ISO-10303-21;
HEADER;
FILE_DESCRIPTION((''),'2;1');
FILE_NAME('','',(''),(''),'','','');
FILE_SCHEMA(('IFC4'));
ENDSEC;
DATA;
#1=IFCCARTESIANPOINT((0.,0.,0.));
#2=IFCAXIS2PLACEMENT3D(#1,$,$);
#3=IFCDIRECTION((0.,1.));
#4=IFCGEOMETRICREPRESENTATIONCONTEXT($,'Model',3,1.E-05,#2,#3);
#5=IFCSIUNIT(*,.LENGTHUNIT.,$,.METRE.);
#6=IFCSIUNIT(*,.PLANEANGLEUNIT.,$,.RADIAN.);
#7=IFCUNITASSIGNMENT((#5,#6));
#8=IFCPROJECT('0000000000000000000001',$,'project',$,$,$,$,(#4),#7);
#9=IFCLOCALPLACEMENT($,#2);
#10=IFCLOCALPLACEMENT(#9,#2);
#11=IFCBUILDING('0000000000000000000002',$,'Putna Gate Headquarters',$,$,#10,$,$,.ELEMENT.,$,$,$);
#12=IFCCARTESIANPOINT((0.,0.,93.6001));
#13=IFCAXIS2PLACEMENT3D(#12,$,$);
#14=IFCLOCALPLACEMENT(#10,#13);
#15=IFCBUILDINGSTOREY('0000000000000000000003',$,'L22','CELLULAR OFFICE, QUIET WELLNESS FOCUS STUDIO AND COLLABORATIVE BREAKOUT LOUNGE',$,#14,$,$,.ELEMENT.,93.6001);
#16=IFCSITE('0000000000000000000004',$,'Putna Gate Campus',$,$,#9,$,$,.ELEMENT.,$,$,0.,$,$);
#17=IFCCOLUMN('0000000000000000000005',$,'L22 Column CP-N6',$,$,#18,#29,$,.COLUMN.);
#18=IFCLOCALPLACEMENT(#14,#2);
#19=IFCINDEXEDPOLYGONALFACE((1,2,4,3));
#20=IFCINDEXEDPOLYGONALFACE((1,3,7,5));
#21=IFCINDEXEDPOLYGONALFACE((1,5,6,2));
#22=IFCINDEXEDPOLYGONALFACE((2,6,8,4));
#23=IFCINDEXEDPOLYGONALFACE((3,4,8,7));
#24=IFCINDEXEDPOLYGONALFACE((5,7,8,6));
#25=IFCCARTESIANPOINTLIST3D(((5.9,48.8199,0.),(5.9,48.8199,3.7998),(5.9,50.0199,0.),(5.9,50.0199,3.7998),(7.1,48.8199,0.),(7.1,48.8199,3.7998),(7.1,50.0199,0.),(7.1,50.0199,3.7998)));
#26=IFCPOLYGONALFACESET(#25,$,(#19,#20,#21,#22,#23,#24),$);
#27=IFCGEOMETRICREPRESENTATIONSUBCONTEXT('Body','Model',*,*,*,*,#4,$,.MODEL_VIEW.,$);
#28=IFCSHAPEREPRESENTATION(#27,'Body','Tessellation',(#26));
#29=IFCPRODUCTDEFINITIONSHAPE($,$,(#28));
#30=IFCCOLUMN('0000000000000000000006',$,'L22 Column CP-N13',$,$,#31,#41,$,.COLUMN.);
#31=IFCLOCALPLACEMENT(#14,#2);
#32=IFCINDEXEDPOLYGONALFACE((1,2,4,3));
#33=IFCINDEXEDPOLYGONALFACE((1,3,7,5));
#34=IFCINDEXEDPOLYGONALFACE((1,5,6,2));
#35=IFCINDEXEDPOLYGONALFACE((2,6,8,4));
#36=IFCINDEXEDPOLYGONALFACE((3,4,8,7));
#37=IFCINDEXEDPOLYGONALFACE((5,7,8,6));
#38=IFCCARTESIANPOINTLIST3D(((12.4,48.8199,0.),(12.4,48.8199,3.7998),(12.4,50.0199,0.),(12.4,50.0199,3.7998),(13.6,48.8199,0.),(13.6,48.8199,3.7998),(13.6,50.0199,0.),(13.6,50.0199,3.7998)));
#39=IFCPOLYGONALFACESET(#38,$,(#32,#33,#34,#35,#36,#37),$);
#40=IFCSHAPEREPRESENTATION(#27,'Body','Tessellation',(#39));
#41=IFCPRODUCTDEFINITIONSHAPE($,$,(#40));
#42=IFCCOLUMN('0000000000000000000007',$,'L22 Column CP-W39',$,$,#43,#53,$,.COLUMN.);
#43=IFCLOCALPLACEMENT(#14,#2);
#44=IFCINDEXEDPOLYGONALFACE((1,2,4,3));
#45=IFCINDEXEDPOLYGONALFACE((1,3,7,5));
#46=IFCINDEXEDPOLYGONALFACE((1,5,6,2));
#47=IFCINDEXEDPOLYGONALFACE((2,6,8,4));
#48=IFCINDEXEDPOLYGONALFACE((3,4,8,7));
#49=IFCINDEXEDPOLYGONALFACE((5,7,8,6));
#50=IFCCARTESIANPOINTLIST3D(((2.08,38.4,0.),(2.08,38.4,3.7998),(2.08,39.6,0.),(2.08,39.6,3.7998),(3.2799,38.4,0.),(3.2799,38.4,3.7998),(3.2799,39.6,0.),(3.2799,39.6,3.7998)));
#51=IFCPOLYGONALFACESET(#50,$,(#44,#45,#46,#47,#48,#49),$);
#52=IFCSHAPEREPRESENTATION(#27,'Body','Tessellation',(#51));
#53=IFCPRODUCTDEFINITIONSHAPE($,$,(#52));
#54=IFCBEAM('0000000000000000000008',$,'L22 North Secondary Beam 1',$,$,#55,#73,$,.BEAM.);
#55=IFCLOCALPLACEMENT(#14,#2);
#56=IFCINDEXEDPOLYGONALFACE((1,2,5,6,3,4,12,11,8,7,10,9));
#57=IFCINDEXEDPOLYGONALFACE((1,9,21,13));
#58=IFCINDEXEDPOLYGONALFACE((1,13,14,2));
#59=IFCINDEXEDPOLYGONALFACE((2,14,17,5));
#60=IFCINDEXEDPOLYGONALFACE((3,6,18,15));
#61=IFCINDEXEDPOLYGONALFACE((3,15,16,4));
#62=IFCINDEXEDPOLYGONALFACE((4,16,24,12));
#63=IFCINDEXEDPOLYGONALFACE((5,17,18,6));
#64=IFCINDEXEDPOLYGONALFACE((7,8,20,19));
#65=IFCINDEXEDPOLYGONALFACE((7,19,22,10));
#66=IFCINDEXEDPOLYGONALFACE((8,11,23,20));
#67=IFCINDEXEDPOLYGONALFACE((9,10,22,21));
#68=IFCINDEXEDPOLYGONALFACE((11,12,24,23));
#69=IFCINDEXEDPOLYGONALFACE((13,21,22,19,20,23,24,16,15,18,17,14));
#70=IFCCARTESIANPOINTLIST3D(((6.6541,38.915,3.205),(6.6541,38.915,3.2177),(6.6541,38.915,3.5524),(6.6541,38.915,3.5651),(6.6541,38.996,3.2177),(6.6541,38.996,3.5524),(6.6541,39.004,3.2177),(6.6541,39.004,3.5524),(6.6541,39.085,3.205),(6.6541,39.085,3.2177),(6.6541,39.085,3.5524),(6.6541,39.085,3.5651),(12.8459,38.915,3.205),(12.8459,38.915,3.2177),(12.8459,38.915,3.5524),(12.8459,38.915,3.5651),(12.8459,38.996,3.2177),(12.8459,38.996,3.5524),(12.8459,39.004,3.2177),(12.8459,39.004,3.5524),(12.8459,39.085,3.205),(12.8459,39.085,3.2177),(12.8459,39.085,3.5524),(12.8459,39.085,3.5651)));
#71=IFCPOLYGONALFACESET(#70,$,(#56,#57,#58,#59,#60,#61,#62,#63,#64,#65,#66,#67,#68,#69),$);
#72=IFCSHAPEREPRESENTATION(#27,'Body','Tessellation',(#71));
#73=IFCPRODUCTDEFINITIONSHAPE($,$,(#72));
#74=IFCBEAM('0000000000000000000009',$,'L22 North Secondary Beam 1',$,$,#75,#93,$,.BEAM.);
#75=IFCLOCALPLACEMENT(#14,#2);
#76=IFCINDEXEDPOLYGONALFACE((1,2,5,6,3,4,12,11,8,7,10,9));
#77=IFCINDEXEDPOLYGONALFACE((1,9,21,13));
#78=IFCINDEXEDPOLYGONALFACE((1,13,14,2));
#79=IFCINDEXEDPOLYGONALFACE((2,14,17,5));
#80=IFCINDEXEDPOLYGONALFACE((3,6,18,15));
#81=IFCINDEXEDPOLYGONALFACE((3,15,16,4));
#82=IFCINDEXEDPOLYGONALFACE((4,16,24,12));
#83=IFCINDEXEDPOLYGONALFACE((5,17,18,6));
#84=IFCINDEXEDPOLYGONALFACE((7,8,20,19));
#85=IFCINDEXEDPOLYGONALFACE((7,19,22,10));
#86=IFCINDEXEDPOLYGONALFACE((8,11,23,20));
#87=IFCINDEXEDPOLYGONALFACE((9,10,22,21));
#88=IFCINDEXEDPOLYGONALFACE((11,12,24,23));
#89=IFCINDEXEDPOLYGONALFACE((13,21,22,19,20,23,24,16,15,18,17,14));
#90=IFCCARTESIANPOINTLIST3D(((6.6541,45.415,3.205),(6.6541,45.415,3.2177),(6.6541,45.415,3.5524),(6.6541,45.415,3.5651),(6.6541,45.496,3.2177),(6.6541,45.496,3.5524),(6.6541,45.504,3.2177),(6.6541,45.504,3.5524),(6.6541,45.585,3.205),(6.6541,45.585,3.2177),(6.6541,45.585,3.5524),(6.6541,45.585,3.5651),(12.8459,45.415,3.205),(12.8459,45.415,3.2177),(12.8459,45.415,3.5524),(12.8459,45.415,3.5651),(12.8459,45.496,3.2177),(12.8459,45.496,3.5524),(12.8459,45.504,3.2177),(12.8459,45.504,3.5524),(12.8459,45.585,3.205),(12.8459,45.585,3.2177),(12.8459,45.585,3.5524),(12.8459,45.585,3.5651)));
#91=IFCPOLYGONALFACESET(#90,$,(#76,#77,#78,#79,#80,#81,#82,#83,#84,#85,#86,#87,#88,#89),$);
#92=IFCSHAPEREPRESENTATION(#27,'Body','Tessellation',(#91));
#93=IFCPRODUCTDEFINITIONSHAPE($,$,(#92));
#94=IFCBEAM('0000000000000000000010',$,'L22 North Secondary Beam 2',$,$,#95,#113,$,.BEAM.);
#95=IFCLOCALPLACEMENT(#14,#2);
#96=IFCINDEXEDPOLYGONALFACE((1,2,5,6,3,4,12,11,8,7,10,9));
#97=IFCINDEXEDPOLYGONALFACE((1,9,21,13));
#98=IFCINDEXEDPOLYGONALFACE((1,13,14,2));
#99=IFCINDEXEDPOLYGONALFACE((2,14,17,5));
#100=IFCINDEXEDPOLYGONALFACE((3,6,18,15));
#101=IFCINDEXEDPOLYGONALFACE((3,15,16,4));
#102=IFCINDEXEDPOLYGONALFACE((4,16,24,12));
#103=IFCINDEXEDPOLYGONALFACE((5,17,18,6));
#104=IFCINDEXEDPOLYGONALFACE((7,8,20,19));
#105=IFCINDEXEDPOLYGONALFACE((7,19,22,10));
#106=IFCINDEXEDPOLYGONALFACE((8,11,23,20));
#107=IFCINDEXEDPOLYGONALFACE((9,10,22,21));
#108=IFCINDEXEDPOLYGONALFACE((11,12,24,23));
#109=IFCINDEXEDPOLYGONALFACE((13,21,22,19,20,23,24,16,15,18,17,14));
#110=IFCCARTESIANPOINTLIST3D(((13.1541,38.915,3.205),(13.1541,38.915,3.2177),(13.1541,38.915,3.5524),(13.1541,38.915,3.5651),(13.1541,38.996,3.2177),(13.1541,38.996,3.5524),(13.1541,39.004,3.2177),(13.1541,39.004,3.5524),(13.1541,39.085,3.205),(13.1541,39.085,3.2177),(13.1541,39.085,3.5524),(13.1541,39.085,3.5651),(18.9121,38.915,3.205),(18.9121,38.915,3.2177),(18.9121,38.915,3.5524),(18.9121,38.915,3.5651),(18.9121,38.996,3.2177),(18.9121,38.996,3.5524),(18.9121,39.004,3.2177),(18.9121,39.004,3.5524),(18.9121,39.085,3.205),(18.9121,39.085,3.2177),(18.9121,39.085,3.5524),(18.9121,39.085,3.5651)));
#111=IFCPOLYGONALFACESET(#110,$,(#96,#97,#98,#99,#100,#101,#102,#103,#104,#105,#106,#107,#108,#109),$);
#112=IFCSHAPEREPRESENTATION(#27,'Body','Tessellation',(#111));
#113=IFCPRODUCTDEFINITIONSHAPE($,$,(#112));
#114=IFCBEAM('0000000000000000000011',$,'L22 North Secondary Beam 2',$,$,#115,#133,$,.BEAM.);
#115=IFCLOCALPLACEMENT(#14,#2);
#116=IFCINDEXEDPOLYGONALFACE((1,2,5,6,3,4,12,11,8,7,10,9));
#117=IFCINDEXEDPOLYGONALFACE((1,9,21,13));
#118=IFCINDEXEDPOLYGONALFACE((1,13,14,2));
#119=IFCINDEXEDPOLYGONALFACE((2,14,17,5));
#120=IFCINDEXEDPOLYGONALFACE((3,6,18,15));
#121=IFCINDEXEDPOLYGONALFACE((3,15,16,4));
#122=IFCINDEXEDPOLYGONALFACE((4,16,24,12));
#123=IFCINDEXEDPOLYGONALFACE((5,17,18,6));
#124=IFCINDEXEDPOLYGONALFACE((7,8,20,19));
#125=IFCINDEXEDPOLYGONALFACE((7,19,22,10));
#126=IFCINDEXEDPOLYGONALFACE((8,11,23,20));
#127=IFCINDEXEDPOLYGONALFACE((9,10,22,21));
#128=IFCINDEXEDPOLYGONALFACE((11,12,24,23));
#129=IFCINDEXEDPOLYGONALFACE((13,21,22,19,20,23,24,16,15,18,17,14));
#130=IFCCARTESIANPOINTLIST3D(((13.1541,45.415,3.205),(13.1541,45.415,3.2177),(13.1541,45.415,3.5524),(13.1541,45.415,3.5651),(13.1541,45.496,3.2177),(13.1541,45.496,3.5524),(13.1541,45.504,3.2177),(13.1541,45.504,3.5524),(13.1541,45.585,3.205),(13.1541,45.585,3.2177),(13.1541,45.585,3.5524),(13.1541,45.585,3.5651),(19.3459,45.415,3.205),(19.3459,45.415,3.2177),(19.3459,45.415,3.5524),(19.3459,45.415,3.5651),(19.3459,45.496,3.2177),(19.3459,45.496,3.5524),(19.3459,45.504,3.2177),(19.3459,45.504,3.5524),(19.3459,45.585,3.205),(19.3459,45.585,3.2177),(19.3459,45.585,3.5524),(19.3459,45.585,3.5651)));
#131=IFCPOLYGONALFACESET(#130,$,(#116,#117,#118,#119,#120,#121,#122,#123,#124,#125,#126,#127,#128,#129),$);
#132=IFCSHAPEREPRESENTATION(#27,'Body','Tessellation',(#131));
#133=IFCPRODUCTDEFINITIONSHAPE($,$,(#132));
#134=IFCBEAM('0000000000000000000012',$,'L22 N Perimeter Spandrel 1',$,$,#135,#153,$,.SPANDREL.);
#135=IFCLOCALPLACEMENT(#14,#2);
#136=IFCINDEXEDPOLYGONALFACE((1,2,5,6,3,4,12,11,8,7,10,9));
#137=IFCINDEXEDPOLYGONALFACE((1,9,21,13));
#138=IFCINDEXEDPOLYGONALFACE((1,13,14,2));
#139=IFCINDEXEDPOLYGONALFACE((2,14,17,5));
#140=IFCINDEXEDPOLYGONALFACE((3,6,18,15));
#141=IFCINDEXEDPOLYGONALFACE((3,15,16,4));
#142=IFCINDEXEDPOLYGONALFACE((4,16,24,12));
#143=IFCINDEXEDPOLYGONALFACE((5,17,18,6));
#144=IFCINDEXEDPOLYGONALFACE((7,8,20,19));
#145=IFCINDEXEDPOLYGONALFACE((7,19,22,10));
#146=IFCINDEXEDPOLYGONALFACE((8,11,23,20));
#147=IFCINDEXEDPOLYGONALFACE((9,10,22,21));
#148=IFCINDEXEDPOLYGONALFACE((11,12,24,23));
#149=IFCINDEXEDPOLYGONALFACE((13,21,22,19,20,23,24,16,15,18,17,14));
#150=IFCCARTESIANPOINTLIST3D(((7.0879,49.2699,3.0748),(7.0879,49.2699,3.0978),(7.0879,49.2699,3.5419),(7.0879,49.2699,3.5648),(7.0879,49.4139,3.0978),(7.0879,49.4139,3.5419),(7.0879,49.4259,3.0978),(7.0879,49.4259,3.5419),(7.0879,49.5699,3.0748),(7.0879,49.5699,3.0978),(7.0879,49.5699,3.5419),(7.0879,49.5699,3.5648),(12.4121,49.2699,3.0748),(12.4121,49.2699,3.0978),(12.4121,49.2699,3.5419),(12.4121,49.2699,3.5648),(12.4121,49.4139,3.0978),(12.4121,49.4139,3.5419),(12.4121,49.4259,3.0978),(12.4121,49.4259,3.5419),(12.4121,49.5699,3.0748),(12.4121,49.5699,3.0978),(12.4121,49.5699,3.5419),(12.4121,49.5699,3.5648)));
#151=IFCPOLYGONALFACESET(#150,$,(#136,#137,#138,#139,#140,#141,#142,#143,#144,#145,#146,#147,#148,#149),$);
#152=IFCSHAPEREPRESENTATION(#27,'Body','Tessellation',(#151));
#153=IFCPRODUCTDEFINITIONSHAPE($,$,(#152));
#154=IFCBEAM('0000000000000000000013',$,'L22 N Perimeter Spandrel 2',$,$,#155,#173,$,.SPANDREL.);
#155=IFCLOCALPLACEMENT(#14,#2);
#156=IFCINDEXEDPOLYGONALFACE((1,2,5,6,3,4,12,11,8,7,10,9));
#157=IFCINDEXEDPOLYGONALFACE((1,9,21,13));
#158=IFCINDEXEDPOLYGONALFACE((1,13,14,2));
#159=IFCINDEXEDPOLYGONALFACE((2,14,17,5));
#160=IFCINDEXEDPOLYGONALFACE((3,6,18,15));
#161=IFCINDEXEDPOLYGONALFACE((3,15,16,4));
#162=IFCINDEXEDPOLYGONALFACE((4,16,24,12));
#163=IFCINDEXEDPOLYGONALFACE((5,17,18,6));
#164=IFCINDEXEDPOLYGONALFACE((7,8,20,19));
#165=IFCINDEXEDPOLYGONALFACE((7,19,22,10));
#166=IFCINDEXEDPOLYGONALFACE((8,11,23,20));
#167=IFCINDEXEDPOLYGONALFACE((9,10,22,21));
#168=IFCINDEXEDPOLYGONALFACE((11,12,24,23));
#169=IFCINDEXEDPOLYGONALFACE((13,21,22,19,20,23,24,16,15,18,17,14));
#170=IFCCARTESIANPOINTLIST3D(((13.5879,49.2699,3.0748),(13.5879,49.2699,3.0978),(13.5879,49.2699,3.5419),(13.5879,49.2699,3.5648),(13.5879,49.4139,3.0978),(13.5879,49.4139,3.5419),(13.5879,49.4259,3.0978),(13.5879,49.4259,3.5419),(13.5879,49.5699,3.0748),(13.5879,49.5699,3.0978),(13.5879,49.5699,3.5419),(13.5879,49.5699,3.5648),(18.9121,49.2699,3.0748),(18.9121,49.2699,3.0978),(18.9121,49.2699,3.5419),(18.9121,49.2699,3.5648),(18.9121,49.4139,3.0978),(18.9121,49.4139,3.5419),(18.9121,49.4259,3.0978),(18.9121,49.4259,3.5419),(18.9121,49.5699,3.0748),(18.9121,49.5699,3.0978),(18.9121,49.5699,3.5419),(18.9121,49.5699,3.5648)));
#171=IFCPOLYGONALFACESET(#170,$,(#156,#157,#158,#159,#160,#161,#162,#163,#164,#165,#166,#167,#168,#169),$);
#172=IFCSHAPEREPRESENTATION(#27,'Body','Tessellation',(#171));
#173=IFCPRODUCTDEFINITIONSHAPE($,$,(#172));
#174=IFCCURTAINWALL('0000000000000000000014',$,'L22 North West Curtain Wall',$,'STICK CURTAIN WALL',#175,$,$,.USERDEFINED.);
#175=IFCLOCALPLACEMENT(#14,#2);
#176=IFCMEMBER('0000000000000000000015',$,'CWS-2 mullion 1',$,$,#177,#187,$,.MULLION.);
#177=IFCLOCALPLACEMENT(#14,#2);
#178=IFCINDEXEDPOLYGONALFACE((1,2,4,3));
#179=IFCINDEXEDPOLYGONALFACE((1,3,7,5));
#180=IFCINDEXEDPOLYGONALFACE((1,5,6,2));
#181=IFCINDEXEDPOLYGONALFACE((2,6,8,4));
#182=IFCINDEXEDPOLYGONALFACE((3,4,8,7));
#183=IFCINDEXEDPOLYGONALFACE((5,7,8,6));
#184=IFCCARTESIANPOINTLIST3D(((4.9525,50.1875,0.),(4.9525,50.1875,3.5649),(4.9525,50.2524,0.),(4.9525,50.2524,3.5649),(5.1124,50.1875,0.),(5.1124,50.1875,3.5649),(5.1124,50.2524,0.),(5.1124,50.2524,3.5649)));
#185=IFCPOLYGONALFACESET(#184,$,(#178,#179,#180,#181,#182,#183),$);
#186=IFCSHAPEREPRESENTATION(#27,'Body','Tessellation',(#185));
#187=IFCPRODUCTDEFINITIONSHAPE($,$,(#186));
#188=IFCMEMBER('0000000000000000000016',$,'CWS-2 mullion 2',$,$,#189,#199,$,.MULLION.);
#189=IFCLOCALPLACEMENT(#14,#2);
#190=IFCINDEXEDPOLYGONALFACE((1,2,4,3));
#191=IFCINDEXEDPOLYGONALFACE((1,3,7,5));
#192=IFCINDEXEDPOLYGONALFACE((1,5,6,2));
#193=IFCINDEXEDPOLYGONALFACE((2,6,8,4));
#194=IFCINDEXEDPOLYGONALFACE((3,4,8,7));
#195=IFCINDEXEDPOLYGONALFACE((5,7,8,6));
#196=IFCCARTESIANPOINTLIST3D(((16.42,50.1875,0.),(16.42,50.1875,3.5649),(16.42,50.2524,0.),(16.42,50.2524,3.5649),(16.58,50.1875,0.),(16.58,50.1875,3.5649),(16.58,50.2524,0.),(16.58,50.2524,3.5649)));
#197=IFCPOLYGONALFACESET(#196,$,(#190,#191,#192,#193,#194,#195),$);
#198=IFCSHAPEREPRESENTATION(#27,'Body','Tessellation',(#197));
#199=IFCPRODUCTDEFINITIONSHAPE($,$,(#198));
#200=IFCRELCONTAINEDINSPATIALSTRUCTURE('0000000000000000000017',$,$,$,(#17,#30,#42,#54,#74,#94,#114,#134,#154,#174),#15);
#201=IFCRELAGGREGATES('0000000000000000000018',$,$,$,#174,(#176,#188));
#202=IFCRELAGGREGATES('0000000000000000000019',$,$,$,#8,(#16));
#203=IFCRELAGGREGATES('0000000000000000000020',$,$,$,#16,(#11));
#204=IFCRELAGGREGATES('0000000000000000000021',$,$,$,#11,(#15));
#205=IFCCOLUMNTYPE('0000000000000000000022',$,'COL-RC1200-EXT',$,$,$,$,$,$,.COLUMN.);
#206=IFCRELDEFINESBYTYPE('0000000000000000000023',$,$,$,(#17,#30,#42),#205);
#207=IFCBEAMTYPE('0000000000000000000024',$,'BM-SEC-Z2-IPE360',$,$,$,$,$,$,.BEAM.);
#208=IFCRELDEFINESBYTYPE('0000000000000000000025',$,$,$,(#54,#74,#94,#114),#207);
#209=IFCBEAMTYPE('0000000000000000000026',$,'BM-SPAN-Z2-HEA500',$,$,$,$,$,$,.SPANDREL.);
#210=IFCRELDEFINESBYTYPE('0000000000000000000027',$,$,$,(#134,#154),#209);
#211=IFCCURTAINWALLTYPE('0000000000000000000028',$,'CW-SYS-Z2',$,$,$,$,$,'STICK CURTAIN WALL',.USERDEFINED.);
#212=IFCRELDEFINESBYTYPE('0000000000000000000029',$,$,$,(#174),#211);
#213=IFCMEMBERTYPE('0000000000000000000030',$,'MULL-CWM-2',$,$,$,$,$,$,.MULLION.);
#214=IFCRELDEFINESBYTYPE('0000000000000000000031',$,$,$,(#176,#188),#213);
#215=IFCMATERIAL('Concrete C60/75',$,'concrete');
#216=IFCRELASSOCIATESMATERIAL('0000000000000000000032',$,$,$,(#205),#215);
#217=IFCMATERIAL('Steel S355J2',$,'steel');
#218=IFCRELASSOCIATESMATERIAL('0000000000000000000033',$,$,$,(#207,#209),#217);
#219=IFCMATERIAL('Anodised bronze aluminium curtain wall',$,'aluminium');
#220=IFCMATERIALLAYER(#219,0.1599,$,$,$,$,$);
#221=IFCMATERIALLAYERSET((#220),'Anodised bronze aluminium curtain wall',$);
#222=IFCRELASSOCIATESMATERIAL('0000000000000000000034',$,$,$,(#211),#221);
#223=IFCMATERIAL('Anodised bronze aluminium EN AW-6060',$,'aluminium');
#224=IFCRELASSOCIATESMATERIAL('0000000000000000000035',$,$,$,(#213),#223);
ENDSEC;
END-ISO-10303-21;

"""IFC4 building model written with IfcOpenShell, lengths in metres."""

from ifc_helpers import new_model, si_unit, direction, frame, origin, origin_2d, place, context, subcontext, project, spatial, rectangle, i_section, extrude, material, layer, layer_set, material_profile, profile_set, type_object, element, aggregate, save


model = new_model("IFC4")

# Units and contexts
model_context = context("Model", 3, precision=1e-05, world=origin(), true_north=direction((0.0, 1.0)))
body_context = subcontext(model_context, "Body", "Model", "MODEL_VIEW")
ifc_project = project(units=[si_unit("LENGTHUNIT", "METRE"), si_unit("PLANEANGLEUNIT", "RADIAN")], contexts=[model_context])

# Site, building, storey
site_placement = place(None, origin())
site = spatial("IfcSite", under=ifc_project, at=site_placement, Name="Putna Gate Campus", CompositionType="ELEMENT", RefElevation=0.0)
building_placement = place(site_placement, origin())
building = spatial("IfcBuilding", under=site, at=building_placement, Name="Putna Gate Headquarters", CompositionType="ELEMENT")
storey_placement = place(building_placement, frame((0.0, 0.0, 93.6001)))
storey = spatial("IfcBuildingStorey", under=building, at=storey_placement, Name="L22", Description="CELLULAR OFFICE, QUIET WELLNESS FOCUS STUDIO AND COLLABORATIVE BREAKOUT LOUNGE", CompositionType="ELEMENT", Elevation=93.6001)

# Columns
ifc_material_1 = material(Name="Concrete C60/75", Category="concrete")
ifc_material_profile_1 = material_profile(ifc_material_1, rectangle(XDim=1.2, YDim=1.2, at=origin_2d()), Name="Concrete C60/75")
ifc_profile_set_1 = profile_set([ifc_material_profile_1], Name="Concrete C60/75")
column_type = type_object("IfcColumnType", Name="COL-RC1200-EXT", PredefinedType="COLUMN", material=ifc_profile_set_1)
for number, where, z_axis, x_axis, name in (
    (1, (6.5, 49.4199, 0.0), (0.0, 0.0, 1.0), (1.0, 0.0, 0.0), "L22 Column CP-N6"),
    (2, (13.0, 49.4199, 0.0), (0.0, 0.0, 1.0), (1.0, 0.0, 0.0), "L22 Column CP-N13"),
    (3, (2.6799, 39.0, 0.0), (0.0, 0.0, 1.0), (1.0, 0.0, 0.0), "L22 Column CP-W39"),
):
    element("IfcColumn", number, at=place(storey_placement, frame(where, z_axis=z_axis, x_axis=x_axis)), inside=storey, type_object=column_type, Name=name, PredefinedType="COLUMN", context=body_context, shape_type="SweptSolid", body=[
        extrude(rectangle(XDim=1.2, YDim=1.2, at=origin_2d()), origin(), (0.0, 0.0, 1.0), 3.7998),
    ])

# Beams
ifc_material_2 = material(Name="Steel S355J2", Category="steel")
ifc_material_profile_2 = material_profile(ifc_material_2, i_section(OverallWidth=0.1699, OverallDepth=0.3601, WebThickness=0.0081, FlangeThickness=0.0127, at=origin_2d()), Name="Steel S355J2")
ifc_profile_set_2 = profile_set([ifc_material_profile_2], Name="Steel S355J2")
beam_type_1 = type_object("IfcBeamType", Name="BM-SEC-Z2-IPE360", PredefinedType="BEAM", material=ifc_profile_set_2)
for number, where, z_axis, x_axis, name in (
    (4, (6.6541, 39.0, 3.385), (1.0, 0.0, 0.0), (0.0, 1.0, 0.0), "L22 North Secondary Beam 1"),
    (5, (6.6541, 45.5, 3.385), (1.0, 0.0, 0.0), (0.0, 1.0, 0.0), "L22 North Secondary Beam 1"),
):
    element("IfcBeam", number, at=place(storey_placement, frame(where, z_axis=z_axis, x_axis=x_axis)), inside=storey, type_object=beam_type_1, Name=name, PredefinedType="BEAM", context=body_context, shape_type="SweptSolid", body=[
        extrude(i_section(OverallWidth=0.1699, OverallDepth=0.3601, WebThickness=0.0081, FlangeThickness=0.0127, at=origin_2d()), origin(), (0.0, 0.0, 1.0), 6.1919),
    ])
beam_1_placement = place(storey_placement, frame((13.1541, 39.0, 3.385), z_axis=(1.0, 0.0, 0.0), x_axis=(0.0, 1.0, 0.0)))
element("IfcBeam", 6, at=beam_1_placement, inside=storey, type_object=beam_type_1, Name="L22 North Secondary Beam 2", PredefinedType="BEAM", context=body_context, shape_type="SweptSolid", body=[
    extrude(i_section(OverallWidth=0.1699, OverallDepth=0.3601, WebThickness=0.0081, FlangeThickness=0.0127, at=origin_2d()), origin(), (0.0, 0.0, 1.0), 5.7581),
])
beam_2_placement = place(storey_placement, frame((13.1541, 45.5, 3.385), z_axis=(1.0, 0.0, 0.0), x_axis=(0.0, 1.0, 0.0)))
element("IfcBeam", 7, at=beam_2_placement, inside=storey, type_object=beam_type_1, Name="L22 North Secondary Beam 2", PredefinedType="BEAM", context=body_context, shape_type="SweptSolid", body=[
    extrude(i_section(OverallWidth=0.1699, OverallDepth=0.3601, WebThickness=0.0081, FlangeThickness=0.0127, at=origin_2d()), origin(), (0.0, 0.0, 1.0), 6.1919),
])
ifc_material_profile_3 = material_profile(ifc_material_2, i_section(OverallWidth=0.3, OverallDepth=0.49, WebThickness=0.012, FlangeThickness=0.0229, at=origin_2d()), Name="Steel S355J2")
ifc_profile_set_3 = profile_set([ifc_material_profile_3], Name="Steel S355J2")
beam_type_2 = type_object("IfcBeamType", Name="BM-SPAN-Z2-HEA500", PredefinedType="SPANDREL", material=ifc_profile_set_3)
for number, where, z_axis, x_axis, name in (
    (8, (7.0879, 49.4199, 3.3198), (1.0, 0.0, 0.0), (0.0, 1.0, 0.0), "L22 N Perimeter Spandrel 1"),
    (9, (13.5879, 49.4199, 3.3198), (1.0, 0.0, 0.0), (0.0, 1.0, 0.0), "L22 N Perimeter Spandrel 2"),
):
    element("IfcBeam", number, at=place(storey_placement, frame(where, z_axis=z_axis, x_axis=x_axis)), inside=storey, type_object=beam_type_2, Name=name, PredefinedType="SPANDREL", context=body_context, shape_type="SweptSolid", body=[
        extrude(i_section(OverallWidth=0.3, OverallDepth=0.49, WebThickness=0.012, FlangeThickness=0.0229, at=origin_2d()), origin(), (0.0, 0.0, 1.0), 5.3242),
    ])

# Curtain wall, members
ifc_material_3 = material(Name="Anodised bronze aluminium curtain wall", Category="aluminium")
ifc_layer_1 = layer(ifc_material_3, 0.1599)
ifc_layer_set_1 = layer_set([ifc_layer_1], Name="Anodised bronze aluminium curtain wall")
curtain_wall_type = type_object("IfcCurtainWallType", Name="CW-SYS-Z2", ElementType="STICK CURTAIN WALL", PredefinedType="USERDEFINED", material=ifc_layer_set_1)
curtain_wall_1_placement = place(storey_placement, origin())
curtain_wall_1 = element("IfcCurtainWall", 10, at=curtain_wall_1_placement, inside=storey, type_object=curtain_wall_type, Name="L22 North West Curtain Wall", ObjectType="STICK CURTAIN WALL", PredefinedType="USERDEFINED")
ifc_material_4 = material(Name="Anodised bronze aluminium EN AW-6060", Category="aluminium")
ifc_material_profile_4 = material_profile(ifc_material_4, rectangle(XDim=0.0649, YDim=0.1599, at=origin_2d()), Name="Anodised bronze aluminium EN AW-6060")
ifc_profile_set_4 = profile_set([ifc_material_profile_4], Name="Anodised bronze aluminium EN AW-6060")
member_type_1 = type_object("IfcMemberType", Name="MULL-CWM-2", PredefinedType="MULLION", material=ifc_profile_set_4)
member_1_placement = place(storey_placement, frame((5.0325, 50.22, 0.0), z_axis=(0.0, 0.0, 1.0), x_axis=(0.0, 1.0, 0.0)))
member_1 = element("IfcMember", 11, at=member_1_placement, type_object=member_type_1, Name="CWS-2 mullion 1", PredefinedType="MULLION", context=body_context, shape_type="SweptSolid", body=[
    extrude(rectangle(XDim=0.0649, YDim=0.1599, at=origin_2d()), origin(), (0.0, 0.0, 1.0), 3.5649),
])
member_2_placement = place(storey_placement, frame((16.5, 50.22, 0.0), z_axis=(0.0, 0.0, 1.0), x_axis=(0.0, 1.0, 0.0)))
member_2 = element("IfcMember", 12, at=member_2_placement, type_object=member_type_1, Name="CWS-2 mullion 2", PredefinedType="MULLION", context=body_context, shape_type="SweptSolid", body=[
    extrude(rectangle(XDim=0.0649, YDim=0.1599, at=origin_2d()), origin(), (0.0, 0.0, 1.0), 3.5649),
])

aggregate(curtain_wall_1, [member_1, member_2])

save(model, "model.ifc")
